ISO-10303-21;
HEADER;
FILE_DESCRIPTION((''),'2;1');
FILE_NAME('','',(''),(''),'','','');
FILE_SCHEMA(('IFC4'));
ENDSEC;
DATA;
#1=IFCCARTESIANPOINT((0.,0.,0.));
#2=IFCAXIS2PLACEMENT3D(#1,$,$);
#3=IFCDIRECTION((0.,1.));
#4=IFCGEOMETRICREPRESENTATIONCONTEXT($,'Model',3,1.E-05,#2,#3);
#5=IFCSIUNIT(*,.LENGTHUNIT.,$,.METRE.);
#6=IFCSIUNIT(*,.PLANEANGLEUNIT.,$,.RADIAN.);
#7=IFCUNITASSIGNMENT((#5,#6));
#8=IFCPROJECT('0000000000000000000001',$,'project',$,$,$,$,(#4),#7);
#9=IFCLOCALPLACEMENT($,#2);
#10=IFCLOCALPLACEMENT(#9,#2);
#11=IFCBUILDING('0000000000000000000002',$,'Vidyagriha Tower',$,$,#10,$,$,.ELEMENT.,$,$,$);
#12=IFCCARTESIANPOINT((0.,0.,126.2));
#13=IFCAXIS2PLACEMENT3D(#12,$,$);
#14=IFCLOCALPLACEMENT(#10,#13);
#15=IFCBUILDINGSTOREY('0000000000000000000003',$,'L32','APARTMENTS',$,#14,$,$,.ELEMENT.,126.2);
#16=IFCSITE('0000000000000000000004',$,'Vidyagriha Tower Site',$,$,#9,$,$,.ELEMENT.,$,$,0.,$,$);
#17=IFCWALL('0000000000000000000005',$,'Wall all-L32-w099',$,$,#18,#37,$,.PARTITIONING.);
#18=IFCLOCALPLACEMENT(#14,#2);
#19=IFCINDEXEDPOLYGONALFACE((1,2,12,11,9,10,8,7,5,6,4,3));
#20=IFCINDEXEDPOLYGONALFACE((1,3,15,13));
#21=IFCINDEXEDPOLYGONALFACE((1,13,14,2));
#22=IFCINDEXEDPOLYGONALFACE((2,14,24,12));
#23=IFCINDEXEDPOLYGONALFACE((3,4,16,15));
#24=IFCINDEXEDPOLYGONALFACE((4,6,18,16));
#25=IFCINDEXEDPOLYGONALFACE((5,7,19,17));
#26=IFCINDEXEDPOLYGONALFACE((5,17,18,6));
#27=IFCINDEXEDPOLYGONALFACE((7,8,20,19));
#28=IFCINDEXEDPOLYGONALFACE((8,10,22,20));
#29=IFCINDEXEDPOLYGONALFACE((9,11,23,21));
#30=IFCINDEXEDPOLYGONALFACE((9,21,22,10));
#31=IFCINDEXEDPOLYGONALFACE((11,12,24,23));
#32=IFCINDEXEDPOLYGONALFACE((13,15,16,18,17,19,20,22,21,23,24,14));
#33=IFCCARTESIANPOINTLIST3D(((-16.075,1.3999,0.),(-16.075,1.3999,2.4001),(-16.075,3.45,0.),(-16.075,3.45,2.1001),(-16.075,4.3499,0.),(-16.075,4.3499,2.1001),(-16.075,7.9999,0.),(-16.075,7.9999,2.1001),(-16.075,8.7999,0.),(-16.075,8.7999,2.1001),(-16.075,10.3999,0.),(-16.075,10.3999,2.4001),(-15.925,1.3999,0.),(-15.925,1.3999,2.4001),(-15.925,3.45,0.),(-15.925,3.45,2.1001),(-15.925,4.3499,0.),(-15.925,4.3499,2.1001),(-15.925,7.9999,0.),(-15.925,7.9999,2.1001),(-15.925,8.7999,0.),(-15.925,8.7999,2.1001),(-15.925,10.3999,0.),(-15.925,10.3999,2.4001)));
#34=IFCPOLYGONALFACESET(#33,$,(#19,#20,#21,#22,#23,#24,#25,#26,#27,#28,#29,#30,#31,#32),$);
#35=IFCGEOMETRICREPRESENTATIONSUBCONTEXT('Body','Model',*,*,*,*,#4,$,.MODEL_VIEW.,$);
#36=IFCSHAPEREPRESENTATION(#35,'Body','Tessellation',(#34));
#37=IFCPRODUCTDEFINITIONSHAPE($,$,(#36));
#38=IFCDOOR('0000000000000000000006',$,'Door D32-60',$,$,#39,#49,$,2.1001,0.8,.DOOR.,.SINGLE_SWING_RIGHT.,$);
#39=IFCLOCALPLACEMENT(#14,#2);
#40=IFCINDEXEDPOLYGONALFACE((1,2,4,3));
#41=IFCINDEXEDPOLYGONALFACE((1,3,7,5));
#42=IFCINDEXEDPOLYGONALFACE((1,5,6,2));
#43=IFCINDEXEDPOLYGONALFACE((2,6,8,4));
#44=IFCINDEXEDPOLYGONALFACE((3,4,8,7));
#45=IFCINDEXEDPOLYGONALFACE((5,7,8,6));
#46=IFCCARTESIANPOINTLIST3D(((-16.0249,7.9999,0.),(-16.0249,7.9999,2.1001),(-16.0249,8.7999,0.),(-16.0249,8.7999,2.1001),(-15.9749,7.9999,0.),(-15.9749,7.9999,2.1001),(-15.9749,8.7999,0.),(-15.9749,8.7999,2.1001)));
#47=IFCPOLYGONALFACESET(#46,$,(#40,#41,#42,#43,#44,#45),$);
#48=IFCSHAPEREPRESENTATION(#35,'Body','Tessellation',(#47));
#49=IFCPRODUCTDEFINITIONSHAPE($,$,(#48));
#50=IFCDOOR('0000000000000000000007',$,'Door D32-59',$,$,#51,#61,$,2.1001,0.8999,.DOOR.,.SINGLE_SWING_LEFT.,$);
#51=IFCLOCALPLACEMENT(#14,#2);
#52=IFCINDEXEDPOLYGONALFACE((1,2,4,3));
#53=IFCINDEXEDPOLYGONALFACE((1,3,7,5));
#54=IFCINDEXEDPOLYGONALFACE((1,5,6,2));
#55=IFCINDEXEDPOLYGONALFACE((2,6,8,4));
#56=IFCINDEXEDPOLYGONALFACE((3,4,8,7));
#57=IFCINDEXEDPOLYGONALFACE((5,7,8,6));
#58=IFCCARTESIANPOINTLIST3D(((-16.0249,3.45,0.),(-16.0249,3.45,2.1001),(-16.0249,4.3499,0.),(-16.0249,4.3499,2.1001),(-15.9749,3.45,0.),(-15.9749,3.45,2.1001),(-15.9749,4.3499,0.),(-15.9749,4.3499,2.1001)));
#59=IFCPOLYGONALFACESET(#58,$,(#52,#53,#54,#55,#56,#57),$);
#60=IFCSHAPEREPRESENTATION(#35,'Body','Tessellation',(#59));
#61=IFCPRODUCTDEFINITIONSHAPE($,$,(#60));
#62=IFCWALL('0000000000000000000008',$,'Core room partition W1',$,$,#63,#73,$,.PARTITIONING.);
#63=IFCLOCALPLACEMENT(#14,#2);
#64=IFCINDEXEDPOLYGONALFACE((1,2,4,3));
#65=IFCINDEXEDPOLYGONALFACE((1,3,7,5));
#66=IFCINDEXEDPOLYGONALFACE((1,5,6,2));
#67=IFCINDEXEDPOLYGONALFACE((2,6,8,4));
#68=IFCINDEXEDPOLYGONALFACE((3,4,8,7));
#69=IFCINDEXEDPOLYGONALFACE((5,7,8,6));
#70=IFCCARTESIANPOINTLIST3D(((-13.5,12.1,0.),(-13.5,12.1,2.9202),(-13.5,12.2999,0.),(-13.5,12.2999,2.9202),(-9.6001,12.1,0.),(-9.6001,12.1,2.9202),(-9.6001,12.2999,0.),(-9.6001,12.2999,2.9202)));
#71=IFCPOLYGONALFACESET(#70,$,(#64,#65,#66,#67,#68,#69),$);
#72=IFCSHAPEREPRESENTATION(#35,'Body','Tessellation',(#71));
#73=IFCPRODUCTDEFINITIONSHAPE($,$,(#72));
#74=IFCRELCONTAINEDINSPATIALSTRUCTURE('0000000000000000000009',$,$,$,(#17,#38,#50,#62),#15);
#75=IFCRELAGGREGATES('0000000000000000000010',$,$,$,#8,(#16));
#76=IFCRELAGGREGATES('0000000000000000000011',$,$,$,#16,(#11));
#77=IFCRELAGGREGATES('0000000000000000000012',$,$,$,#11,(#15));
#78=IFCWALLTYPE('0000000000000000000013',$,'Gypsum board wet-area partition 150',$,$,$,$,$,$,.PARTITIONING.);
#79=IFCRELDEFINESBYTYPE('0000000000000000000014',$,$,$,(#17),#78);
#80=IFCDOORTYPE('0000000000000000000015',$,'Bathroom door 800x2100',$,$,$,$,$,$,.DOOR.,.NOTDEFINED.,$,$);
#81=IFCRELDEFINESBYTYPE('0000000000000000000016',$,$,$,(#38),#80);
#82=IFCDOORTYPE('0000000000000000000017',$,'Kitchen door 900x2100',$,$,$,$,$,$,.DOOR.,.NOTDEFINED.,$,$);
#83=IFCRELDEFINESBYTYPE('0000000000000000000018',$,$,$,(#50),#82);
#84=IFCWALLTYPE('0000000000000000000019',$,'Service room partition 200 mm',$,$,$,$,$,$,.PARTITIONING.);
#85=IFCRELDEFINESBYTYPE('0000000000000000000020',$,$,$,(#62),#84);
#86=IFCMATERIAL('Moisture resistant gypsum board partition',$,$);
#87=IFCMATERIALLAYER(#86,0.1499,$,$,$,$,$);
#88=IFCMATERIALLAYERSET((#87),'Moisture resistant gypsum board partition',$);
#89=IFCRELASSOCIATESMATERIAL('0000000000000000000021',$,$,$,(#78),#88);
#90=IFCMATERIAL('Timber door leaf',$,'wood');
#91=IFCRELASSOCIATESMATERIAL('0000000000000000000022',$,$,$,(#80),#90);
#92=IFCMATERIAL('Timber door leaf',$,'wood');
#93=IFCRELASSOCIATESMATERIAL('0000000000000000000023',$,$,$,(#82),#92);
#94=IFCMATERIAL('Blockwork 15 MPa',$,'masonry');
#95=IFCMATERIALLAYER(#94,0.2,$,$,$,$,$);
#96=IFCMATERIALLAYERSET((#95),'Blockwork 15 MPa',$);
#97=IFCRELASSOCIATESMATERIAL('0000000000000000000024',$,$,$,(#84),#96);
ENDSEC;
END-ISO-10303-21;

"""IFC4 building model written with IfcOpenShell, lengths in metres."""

from ifc_helpers import new_model, si_unit, direction, frame, frame_2d, origin, place, context, subcontext, project, spatial, rectangle, extrude, material, layer, layer_set, type_object, element, fill, save


model = new_model("IFC4")

# Units and contexts
model_context = context("Model", 3, precision=1e-05, world=origin(), true_north=direction((0.0, 1.0)))
body_context = subcontext(model_context, "Body", "Model", "MODEL_VIEW")
ifc_project = project(units=[si_unit("LENGTHUNIT", "METRE"), si_unit("PLANEANGLEUNIT", "RADIAN")], contexts=[model_context])

# Site, building, storey
site_placement = place(None, origin())
site = spatial("IfcSite", under=ifc_project, at=site_placement, Name="Vidyagriha Tower Site", CompositionType="ELEMENT", RefElevation=0.0)
building_placement = place(site_placement, origin())
building = spatial("IfcBuilding", under=site, at=building_placement, Name="Vidyagriha Tower", CompositionType="ELEMENT")
storey_placement = place(building_placement, frame((0.0, 0.0, 126.2)))
storey = spatial("IfcBuildingStorey", under=building, at=storey_placement, Name="L32", Description="APARTMENTS", CompositionType="ELEMENT", Elevation=126.2)

# Wall, openings, doors
ifc_material_1 = material(Name="Moisture resistant gypsum board partition")
ifc_layer_1 = layer(ifc_material_1, 0.1499)
ifc_layer_set_1 = layer_set([ifc_layer_1], Name="Moisture resistant gypsum board partition")
wall_type_1 = type_object("IfcWallType", Name="Gypsum board wet-area partition 150", PredefinedType="PARTITIONING", material=ifc_layer_set_1)
wall_1_placement = place(storey_placement, frame((-16.0, 1.3999, 0.0), z_axis=(0.0, 0.0, 1.0), x_axis=(0.0, 1.0, 0.0)))
wall_1 = element("IfcWall", 1, at=wall_1_placement, inside=storey, type_object=wall_type_1, Name="Wall all-L32-w099", PredefinedType="PARTITIONING", context=body_context, shape_type="SweptSolid", body=[
    extrude(rectangle(XDim=9.0, YDim=0.1499, at=frame_2d((4.5, 0.0))), origin(), (0.0, 0.0, 1.0), 2.4001),
])
opening_1_placement = place(wall_1_placement, frame((2.05, 0.0, 0.0)))
opening_1 = element("IfcOpeningElement", 2, at=opening_1_placement, cuts=wall_1, PredefinedType="OPENING", context=body_context, shape_type="SweptSolid", body=[
    extrude(rectangle(XDim=0.8999, YDim=2.1001, at=frame_2d((0.45, 1.05))), frame((0.0, 0.085, 0.0), z_axis=(0.0, -1.0, 0.0), x_axis=(1.0, 0.0, 0.0)), (0.0, 0.0, 1.0), 0.1699),
])
opening_2_placement = place(wall_1_placement, frame((6.6001, 0.0, 0.0)))
opening_2 = element("IfcOpeningElement", 3, at=opening_2_placement, cuts=wall_1, PredefinedType="OPENING", context=body_context, shape_type="SweptSolid", body=[
    extrude(rectangle(XDim=0.8, YDim=2.1001, at=frame_2d((0.3999, 1.05))), frame((0.0, 0.085, 0.0), z_axis=(0.0, -1.0, 0.0), x_axis=(1.0, 0.0, 0.0)), (0.0, 0.0, 1.0), 0.1699),
])
ifc_material_2 = material(Name="Timber door leaf", Category="wood")
door_type_1 = type_object("IfcDoorType", Name="Bathroom door 800x2100", OperationType="NOTDEFINED", PredefinedType="DOOR", material=ifc_material_2)
door_1_placement = place(opening_2_placement, origin())
door_1 = element("IfcDoor", 4, at=door_1_placement, inside=storey, type_object=door_type_1, Name="Door D32-60", OperationType="SINGLE_SWING_RIGHT", OverallHeight=2.1001, OverallWidth=0.8, PredefinedType="DOOR", context=body_context, shape_type="SweptSolid", body=[
    extrude(rectangle(XDim=0.8, YDim=2.1001, at=frame_2d((0.3999, 1.05))), frame((0.0, 0.0249, 0.0), z_axis=(0.0, -1.0, 0.0), x_axis=(1.0, 0.0, 0.0)), (0.0, 0.0, 1.0), 0.05),
])
fill(opening_2, door_1)
ifc_material_3 = material(Name="Timber door leaf", Category="wood")
door_type_2 = type_object("IfcDoorType", Name="Kitchen door 900x2100", OperationType="NOTDEFINED", PredefinedType="DOOR", material=ifc_material_3)
door_2_placement = place(opening_1_placement, origin())
door_2 = element("IfcDoor", 5, at=door_2_placement, inside=storey, type_object=door_type_2, Name="Door D32-59", OperationType="SINGLE_SWING_LEFT", OverallHeight=2.1001, OverallWidth=0.8999, PredefinedType="DOOR", context=body_context, shape_type="SweptSolid", body=[
    extrude(rectangle(XDim=0.8999, YDim=2.1001, at=frame_2d((0.45, 1.05))), frame((0.0, 0.0249, 0.0), z_axis=(0.0, -1.0, 0.0), x_axis=(1.0, 0.0, 0.0)), (0.0, 0.0, 1.0), 0.05),
])
fill(opening_1, door_2)

# Wall
ifc_material_4 = material(Name="Blockwork 15 MPa", Category="masonry")
ifc_layer_2 = layer(ifc_material_4, 0.2)
ifc_layer_set_2 = layer_set([ifc_layer_2], Name="Blockwork 15 MPa")
wall_type_2 = type_object("IfcWallType", Name="Service room partition 200 mm", PredefinedType="PARTITIONING", material=ifc_layer_set_2)
wall_2_placement = place(storey_placement, frame((-13.5, 12.2, 0.0)))
element("IfcWall", 6, at=wall_2_placement, inside=storey, type_object=wall_type_2, Name="Core room partition W1", PredefinedType="PARTITIONING", context=body_context, shape_type="SweptSolid", body=[
    extrude(rectangle(XDim=3.8999, YDim=0.2, at=frame_2d((1.95, 0.0))), origin(), (0.0, 0.0, 1.0), 2.9202),
])

save(model, "model.ifc")
